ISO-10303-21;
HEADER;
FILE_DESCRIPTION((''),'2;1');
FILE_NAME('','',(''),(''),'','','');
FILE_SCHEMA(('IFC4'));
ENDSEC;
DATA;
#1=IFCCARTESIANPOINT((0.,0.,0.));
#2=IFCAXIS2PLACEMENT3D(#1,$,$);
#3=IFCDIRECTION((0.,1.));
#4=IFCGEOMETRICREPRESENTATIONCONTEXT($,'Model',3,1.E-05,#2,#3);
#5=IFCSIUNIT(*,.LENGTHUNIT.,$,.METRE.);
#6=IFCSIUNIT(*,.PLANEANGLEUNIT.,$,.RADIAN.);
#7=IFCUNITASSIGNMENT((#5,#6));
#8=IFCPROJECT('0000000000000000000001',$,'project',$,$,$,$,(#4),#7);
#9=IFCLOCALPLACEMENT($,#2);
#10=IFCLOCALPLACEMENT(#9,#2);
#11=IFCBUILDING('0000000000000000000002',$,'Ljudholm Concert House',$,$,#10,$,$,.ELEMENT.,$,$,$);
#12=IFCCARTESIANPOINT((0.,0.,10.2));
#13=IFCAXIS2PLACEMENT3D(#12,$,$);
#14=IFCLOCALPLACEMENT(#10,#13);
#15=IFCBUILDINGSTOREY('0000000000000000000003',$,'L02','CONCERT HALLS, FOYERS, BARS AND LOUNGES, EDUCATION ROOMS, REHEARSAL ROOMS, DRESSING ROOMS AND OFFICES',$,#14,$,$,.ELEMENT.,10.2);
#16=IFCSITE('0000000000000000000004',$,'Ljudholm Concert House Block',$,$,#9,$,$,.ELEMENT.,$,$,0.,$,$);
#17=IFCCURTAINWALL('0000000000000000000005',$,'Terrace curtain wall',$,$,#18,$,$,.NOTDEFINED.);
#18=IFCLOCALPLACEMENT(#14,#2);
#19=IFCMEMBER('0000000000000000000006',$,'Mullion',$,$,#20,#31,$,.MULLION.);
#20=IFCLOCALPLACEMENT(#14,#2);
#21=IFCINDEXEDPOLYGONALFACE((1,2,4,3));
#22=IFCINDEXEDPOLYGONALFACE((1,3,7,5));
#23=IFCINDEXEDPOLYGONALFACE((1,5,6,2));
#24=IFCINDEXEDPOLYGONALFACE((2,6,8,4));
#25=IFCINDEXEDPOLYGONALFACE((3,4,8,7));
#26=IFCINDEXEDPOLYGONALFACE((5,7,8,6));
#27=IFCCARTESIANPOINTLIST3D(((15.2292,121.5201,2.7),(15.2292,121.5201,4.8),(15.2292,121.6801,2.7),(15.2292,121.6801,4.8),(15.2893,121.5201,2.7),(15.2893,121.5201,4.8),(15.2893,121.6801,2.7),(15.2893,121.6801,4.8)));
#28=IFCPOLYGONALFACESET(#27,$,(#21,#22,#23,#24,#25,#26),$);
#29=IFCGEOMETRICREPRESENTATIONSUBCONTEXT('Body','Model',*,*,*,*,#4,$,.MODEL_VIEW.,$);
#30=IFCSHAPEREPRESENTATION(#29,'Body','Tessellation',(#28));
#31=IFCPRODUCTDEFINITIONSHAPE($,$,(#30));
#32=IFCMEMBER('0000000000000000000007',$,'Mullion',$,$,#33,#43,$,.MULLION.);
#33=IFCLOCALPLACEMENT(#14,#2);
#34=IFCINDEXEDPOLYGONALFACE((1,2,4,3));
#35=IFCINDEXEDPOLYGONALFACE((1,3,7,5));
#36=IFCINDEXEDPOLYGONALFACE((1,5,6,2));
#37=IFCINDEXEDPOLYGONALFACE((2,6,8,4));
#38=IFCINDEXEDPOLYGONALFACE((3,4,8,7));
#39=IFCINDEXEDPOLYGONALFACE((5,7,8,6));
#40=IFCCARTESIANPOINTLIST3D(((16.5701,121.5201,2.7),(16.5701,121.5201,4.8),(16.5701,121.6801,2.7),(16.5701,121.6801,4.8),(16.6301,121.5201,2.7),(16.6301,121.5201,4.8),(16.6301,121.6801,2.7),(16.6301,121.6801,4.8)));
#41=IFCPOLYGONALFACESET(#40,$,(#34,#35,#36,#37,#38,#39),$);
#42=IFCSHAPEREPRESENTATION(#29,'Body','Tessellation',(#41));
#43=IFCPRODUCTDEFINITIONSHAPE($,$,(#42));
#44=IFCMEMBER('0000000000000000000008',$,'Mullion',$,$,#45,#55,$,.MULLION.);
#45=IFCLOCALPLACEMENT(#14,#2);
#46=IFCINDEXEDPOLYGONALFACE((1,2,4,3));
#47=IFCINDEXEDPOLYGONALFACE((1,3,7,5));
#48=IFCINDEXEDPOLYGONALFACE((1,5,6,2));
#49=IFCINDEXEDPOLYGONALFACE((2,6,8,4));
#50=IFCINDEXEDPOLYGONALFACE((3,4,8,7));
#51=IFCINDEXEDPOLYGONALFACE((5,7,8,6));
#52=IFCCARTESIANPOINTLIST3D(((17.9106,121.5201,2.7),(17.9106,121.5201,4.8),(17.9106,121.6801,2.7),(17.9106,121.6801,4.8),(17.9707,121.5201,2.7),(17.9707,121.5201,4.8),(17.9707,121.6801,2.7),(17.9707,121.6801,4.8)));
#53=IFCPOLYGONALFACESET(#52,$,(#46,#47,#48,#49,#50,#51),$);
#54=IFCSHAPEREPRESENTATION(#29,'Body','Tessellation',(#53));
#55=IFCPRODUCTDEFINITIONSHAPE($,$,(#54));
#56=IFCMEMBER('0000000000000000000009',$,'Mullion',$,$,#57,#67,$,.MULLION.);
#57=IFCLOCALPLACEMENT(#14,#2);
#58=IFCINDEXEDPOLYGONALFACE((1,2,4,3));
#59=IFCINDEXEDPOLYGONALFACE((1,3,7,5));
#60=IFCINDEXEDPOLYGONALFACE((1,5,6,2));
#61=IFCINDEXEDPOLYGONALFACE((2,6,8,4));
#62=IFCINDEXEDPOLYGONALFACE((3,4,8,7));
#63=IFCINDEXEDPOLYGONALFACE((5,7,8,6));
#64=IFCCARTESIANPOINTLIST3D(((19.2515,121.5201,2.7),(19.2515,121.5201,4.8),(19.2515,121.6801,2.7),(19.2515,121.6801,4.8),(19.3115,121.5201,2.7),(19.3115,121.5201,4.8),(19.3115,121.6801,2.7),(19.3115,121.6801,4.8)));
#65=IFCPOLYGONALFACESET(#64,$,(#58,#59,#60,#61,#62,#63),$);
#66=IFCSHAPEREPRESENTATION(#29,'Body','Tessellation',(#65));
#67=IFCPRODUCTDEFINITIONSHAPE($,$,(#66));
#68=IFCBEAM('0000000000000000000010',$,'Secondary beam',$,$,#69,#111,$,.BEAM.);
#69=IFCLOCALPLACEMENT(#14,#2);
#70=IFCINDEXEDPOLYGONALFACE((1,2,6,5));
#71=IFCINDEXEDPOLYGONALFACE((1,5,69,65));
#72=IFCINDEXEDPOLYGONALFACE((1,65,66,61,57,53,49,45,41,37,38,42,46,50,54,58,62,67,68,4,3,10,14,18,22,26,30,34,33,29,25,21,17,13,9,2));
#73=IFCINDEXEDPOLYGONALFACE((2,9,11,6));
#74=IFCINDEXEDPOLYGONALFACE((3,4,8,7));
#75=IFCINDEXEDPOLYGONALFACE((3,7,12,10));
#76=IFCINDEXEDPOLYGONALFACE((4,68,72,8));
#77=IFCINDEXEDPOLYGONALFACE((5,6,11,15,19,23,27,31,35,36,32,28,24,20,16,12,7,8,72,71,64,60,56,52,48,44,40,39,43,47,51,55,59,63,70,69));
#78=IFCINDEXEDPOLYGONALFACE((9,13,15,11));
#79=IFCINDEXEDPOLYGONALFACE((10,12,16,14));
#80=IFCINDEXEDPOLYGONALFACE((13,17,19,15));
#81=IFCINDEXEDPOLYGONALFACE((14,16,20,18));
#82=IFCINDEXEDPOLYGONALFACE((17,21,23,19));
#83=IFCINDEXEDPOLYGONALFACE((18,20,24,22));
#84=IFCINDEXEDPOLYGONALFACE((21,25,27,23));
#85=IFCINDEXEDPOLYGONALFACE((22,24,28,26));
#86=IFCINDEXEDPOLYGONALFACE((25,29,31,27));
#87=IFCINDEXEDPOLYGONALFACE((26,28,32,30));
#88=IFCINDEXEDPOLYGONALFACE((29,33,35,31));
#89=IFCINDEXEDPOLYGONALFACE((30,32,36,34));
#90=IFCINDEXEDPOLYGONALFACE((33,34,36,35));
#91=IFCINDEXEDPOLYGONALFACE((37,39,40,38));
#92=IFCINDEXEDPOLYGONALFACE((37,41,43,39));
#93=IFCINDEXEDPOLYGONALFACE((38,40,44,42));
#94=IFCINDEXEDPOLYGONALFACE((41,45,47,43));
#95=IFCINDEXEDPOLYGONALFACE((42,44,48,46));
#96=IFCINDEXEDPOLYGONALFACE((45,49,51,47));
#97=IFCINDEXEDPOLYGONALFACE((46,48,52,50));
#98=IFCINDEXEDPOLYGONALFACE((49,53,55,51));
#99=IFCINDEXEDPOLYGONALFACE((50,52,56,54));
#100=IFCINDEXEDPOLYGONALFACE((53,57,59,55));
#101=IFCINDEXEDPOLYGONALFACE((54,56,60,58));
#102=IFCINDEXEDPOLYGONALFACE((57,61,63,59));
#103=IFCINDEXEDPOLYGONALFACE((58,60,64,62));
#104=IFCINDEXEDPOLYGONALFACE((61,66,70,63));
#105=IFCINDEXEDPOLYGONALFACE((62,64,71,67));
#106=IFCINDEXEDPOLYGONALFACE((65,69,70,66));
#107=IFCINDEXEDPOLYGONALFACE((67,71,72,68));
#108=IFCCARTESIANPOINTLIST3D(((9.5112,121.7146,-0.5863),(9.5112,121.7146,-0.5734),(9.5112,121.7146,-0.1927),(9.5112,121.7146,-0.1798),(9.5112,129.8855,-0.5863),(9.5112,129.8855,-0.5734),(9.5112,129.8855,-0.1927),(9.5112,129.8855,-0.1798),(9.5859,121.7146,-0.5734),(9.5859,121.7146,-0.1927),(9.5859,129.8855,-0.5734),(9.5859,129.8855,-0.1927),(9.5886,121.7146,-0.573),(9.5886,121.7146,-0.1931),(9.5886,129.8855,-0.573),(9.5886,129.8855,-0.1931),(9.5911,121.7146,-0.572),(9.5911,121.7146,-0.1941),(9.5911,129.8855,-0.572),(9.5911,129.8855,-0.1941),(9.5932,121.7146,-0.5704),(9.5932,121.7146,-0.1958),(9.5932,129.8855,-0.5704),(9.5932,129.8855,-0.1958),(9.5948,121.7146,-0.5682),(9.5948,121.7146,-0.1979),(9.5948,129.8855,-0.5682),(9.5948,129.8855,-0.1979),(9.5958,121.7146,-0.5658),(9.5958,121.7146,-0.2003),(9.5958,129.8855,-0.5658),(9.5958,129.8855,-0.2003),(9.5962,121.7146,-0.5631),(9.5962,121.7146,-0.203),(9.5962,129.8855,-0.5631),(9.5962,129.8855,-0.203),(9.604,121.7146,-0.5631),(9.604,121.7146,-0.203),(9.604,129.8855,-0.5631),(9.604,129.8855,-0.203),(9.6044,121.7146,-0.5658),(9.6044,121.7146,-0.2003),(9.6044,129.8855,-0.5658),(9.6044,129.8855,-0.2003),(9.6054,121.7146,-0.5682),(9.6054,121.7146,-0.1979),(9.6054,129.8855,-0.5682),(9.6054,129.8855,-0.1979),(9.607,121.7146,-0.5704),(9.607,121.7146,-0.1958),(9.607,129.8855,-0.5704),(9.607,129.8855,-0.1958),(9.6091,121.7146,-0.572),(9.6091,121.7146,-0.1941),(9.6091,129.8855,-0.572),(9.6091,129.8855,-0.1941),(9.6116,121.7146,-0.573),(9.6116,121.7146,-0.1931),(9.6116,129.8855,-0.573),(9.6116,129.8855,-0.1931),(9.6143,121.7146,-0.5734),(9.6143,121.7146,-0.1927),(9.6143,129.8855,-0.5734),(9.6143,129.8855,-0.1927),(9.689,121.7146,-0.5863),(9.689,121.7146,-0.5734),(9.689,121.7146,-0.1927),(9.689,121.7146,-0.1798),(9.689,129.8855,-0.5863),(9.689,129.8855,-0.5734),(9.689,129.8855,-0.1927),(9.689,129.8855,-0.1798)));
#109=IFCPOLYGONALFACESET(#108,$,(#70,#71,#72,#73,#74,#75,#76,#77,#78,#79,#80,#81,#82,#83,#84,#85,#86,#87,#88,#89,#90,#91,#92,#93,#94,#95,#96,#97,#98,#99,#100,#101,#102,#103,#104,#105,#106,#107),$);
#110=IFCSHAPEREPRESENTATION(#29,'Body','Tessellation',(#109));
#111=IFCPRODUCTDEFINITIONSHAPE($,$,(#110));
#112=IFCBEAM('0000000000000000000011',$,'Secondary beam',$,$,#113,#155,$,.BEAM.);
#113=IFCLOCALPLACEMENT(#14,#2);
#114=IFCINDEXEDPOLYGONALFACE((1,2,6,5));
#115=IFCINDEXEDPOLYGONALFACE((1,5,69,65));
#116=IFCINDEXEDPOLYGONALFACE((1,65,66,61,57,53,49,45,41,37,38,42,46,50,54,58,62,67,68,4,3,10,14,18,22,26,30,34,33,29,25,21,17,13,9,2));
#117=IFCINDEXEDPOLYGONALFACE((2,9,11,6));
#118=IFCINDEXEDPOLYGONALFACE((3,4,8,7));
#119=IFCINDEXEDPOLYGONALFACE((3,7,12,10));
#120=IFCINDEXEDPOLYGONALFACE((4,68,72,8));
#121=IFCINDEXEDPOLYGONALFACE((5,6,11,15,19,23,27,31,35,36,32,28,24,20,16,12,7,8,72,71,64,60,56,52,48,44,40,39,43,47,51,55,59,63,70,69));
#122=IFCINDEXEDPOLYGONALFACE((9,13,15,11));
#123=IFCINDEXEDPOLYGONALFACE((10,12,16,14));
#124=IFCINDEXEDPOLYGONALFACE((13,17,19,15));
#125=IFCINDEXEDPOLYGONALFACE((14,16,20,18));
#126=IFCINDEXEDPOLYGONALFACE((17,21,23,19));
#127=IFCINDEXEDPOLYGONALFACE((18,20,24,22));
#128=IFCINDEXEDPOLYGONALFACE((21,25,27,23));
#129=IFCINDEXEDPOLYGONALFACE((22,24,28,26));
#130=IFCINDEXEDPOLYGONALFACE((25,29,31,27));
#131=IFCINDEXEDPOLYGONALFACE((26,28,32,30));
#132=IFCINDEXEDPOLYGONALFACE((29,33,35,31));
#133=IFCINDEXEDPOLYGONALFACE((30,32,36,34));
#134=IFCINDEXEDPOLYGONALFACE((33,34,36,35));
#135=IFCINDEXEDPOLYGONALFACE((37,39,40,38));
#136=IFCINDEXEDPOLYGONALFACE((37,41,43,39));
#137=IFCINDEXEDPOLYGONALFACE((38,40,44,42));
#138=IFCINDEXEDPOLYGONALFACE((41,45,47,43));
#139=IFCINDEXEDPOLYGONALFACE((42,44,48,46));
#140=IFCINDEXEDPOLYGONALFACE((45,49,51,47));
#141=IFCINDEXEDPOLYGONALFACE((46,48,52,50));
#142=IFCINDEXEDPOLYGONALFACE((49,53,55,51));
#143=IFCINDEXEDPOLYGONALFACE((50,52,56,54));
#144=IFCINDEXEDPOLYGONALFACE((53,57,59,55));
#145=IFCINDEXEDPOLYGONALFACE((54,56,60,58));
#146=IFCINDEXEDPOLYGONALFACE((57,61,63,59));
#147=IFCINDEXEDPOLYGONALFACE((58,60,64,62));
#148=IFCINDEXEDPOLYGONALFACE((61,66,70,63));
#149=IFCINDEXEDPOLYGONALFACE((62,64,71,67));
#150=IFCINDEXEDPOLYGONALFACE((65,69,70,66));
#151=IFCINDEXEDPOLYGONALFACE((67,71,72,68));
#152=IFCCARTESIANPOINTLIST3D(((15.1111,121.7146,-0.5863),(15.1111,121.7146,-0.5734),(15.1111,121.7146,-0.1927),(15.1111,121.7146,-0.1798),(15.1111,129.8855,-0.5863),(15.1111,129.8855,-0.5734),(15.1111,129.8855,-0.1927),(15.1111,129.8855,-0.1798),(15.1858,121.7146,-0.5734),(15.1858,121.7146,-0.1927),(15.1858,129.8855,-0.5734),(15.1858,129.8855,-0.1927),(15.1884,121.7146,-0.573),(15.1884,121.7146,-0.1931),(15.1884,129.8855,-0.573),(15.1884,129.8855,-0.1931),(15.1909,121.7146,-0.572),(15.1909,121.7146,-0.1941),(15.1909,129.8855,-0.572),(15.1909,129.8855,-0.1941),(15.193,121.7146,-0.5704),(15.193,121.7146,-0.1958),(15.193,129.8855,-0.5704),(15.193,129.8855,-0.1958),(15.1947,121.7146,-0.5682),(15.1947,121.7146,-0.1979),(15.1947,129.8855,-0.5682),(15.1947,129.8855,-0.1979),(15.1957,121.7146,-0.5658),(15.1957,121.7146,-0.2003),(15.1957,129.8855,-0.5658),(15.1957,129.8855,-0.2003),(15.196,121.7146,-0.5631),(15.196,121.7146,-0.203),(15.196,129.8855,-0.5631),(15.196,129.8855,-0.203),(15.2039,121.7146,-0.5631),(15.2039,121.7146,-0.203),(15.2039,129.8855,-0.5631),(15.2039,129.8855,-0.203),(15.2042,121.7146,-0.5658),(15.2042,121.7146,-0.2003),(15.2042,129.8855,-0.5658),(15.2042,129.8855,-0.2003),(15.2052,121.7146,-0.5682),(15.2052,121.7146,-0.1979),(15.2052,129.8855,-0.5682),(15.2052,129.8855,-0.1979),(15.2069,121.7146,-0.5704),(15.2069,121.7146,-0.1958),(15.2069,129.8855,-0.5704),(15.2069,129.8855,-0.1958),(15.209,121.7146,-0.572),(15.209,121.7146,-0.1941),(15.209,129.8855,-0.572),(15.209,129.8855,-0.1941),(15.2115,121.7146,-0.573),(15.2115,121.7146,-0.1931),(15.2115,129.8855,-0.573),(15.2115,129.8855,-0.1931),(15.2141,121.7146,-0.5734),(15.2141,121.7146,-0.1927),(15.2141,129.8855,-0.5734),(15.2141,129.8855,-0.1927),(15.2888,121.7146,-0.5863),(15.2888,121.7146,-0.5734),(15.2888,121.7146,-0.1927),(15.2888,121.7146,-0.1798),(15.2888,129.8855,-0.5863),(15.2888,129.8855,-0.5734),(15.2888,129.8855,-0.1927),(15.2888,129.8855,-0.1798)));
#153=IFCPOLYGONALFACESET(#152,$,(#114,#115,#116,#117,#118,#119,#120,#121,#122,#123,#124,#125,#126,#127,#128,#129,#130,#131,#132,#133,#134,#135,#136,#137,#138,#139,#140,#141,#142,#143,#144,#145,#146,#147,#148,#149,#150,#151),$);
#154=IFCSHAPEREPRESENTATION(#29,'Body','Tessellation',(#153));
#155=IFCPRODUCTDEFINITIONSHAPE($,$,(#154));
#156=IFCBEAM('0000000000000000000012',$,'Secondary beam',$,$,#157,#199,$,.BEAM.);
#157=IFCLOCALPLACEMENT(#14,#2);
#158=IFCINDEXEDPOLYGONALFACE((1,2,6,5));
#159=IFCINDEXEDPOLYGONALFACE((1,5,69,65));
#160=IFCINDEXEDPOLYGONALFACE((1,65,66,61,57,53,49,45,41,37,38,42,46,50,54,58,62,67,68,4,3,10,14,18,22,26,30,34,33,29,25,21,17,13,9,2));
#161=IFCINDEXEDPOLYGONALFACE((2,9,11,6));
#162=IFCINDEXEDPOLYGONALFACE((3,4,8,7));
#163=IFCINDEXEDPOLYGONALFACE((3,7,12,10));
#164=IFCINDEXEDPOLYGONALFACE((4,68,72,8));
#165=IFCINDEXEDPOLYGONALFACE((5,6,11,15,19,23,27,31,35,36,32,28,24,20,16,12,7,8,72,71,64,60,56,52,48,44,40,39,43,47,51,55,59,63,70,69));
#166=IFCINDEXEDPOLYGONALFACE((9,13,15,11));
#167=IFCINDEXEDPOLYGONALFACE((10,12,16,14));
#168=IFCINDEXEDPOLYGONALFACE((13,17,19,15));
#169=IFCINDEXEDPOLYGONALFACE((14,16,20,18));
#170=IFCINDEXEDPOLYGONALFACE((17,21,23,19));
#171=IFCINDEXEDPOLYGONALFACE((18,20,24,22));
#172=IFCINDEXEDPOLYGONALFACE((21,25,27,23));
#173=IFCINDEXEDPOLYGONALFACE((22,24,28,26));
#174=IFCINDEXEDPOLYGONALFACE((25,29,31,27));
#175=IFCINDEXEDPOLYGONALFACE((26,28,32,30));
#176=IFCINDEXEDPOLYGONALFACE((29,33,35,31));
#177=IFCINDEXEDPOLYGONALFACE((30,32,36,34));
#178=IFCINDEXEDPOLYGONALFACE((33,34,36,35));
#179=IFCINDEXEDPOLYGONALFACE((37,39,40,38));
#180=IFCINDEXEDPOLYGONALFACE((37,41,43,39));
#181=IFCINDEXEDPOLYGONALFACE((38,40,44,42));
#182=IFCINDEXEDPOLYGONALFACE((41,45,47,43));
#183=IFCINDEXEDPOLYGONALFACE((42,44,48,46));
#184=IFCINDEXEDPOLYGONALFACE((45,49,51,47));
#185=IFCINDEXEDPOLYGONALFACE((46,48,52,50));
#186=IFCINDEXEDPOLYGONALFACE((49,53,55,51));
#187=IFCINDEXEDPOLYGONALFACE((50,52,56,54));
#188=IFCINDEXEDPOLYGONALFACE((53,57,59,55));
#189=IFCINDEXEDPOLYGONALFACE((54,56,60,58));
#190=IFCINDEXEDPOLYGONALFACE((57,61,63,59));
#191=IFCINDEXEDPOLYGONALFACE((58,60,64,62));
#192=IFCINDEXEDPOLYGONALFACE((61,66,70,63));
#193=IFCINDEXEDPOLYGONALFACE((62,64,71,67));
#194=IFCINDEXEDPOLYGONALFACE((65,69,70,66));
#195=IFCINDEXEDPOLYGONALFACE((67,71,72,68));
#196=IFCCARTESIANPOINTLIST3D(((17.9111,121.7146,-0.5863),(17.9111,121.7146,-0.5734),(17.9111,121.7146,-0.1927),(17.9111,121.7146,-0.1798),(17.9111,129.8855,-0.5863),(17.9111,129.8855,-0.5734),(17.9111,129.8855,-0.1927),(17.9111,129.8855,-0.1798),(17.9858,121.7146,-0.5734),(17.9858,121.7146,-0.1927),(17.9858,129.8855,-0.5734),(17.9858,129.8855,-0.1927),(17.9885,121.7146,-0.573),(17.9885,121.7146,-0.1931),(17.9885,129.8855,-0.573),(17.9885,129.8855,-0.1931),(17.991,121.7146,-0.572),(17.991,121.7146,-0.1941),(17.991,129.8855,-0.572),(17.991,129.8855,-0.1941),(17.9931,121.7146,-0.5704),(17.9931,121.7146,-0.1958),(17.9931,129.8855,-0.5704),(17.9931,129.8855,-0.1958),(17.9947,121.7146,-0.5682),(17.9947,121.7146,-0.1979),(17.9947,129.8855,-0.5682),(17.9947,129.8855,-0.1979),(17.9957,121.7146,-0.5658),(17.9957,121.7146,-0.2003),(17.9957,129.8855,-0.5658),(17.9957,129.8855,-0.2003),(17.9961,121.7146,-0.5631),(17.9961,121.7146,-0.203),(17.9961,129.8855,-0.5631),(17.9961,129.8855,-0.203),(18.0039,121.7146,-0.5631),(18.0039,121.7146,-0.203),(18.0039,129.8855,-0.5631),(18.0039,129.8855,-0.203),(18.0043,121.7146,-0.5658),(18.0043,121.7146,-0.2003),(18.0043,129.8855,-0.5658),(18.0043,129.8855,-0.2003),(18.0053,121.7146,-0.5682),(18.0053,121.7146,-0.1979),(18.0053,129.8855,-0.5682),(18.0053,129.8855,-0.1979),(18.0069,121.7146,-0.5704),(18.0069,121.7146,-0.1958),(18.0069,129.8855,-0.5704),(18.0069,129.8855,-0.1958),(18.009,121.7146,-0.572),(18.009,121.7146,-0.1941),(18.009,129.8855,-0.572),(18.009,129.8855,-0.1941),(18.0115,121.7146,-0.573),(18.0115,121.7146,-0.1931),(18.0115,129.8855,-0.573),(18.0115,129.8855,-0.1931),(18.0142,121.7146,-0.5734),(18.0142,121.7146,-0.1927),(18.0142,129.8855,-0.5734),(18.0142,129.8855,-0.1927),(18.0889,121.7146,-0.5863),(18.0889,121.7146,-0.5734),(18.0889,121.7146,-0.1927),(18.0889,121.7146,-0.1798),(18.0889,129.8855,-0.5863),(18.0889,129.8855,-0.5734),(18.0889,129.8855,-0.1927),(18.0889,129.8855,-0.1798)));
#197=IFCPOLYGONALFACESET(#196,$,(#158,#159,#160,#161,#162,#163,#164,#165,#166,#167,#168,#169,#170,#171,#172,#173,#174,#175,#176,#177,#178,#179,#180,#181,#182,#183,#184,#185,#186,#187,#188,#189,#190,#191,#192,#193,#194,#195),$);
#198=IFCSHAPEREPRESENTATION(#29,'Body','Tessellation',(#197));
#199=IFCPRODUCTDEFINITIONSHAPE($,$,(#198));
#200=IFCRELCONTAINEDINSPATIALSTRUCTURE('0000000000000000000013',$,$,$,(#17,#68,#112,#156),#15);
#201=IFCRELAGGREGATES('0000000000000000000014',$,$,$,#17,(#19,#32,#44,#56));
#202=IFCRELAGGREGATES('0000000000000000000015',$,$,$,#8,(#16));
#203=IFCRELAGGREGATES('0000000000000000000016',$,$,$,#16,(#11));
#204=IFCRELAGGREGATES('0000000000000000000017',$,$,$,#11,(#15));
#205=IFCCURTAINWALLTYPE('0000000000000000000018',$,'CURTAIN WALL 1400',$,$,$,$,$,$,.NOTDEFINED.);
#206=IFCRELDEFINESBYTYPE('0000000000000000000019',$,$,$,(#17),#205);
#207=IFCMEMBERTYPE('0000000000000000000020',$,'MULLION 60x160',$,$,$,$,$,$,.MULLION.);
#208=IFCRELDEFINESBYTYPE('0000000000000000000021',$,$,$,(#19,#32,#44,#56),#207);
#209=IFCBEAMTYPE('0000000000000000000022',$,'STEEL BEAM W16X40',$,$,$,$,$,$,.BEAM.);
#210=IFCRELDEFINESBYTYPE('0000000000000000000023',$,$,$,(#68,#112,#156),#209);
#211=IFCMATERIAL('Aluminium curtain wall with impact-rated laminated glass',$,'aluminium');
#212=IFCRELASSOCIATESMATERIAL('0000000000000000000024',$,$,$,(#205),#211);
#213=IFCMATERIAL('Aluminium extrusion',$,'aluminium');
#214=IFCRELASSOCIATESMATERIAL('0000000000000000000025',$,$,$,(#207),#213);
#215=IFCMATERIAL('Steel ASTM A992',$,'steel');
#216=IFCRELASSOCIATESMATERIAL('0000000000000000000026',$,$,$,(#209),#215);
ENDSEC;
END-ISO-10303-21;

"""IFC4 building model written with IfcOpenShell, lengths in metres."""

from ifc_helpers import new_model, si_unit, direction, frame, origin, origin_2d, place, context, subcontext, project, spatial, rectangle, i_section, extrude, material, material_profile, profile_set, type_object, element, aggregate, save


model = new_model("IFC4")

# Units and contexts
model_context = context("Model", 3, precision=1e-05, world=origin(), true_north=direction((0.0, 1.0)))
body_context = subcontext(model_context, "Body", "Model", "MODEL_VIEW")
ifc_project = project(units=[si_unit("LENGTHUNIT", "METRE"), si_unit("PLANEANGLEUNIT", "RADIAN")], contexts=[model_context])

# Site, building, storey
site_placement = place(None, origin())
site = spatial("IfcSite", under=ifc_project, at=site_placement, Name="Ljudholm Concert House Block", CompositionType="ELEMENT", RefElevation=0.0)
building_placement = place(site_placement, origin())
building = spatial("IfcBuilding", under=site, at=building_placement, Name="Ljudholm Concert House", CompositionType="ELEMENT")
storey_placement = place(building_placement, frame((0.0, 0.0, 10.2)))
storey = spatial("IfcBuildingStorey", under=building, at=storey_placement, Name="L02", Description="CONCERT HALLS, FOYERS, BARS AND LOUNGES, EDUCATION ROOMS, REHEARSAL ROOMS, DRESSING ROOMS AND OFFICES", CompositionType="ELEMENT", Elevation=10.2)

# Curtain wall, members
ifc_material_1 = material(Name="Aluminium curtain wall with impact-rated laminated glass", Category="aluminium")
curtain_wall_type = type_object("IfcCurtainWallType", Name="CURTAIN WALL 1400", PredefinedType="NOTDEFINED", material=ifc_material_1)
curtain_wall_placement = place(storey_placement, origin())
curtain_wall = element("IfcCurtainWall", 1, at=curtain_wall_placement, inside=storey, type_object=curtain_wall_type, Name="Terrace curtain wall", PredefinedType="NOTDEFINED")
ifc_material_2 = material(Name="Aluminium extrusion", Category="aluminium")
ifc_material_profile_1 = material_profile(ifc_material_2, rectangle(XDim=0.1599, YDim=0.0601, at=origin_2d()), Name="MULLION 60x160")
ifc_profile_set_1 = profile_set([ifc_material_profile_1], Name="Aluminium extrusion")
member_type_1 = type_object("IfcMemberType", Name="MULLION 60x160", PredefinedType="MULLION", material=ifc_profile_set_1)
member_1_placement = place(storey_placement, frame((15.2593, 121.6001, 2.7), z_axis=(0.0, 0.0, 1.0), x_axis=(0.0, 1.0, 0.0)))
member_1 = element("IfcMember", 2, at=member_1_placement, type_object=member_type_1, Name="Mullion", PredefinedType="MULLION", context=body_context, shape_type="SweptSolid", body=[
    extrude(rectangle(XDim=0.1599, YDim=0.0601, at=origin_2d()), origin(), (0.0, 0.0, 1.0), 2.1001),
])
member_2_placement = place(storey_placement, frame((16.6001, 121.6001, 2.7), z_axis=(0.0, 0.0, 1.0), x_axis=(0.0, 1.0, 0.0)))
member_2 = element("IfcMember", 3, at=member_2_placement, type_object=member_type_1, Name="Mullion", PredefinedType="MULLION", context=body_context, shape_type="SweptSolid", body=[
    extrude(rectangle(XDim=0.1599, YDim=0.0601, at=origin_2d()), origin(), (0.0, 0.0, 1.0), 2.1001),
])
member_3_placement = place(storey_placement, frame((17.9407, 121.6001, 2.7), z_axis=(0.0, 0.0, 1.0), x_axis=(0.0, 1.0, 0.0)))
member_3 = element("IfcMember", 4, at=member_3_placement, type_object=member_type_1, Name="Mullion", PredefinedType="MULLION", context=body_context, shape_type="SweptSolid", body=[
    extrude(rectangle(XDim=0.1599, YDim=0.0601, at=origin_2d()), origin(), (0.0, 0.0, 1.0), 2.1001),
])
member_4_placement = place(storey_placement, frame((19.2815, 121.6001, 2.7), z_axis=(0.0, 0.0, 1.0), x_axis=(0.0, 1.0, 0.0)))
member_4 = element("IfcMember", 5, at=member_4_placement, type_object=member_type_1, Name="Mullion", PredefinedType="MULLION", context=body_context, shape_type="SweptSolid", body=[
    extrude(rectangle(XDim=0.1599, YDim=0.0601, at=origin_2d()), origin(), (0.0, 0.0, 1.0), 2.1001),
])

# Beams
ifc_material_3 = material(Name="Steel ASTM A992", Category="steel")
ifc_material_profile_2 = material_profile(ifc_material_3, i_section(OverallWidth=0.1777, OverallDepth=0.4065, WebThickness=0.0078, FlangeThickness=0.0129, FilletRadius=0.0103, at=origin_2d()), Name="W16X40")
ifc_profile_set_2 = profile_set([ifc_material_profile_2], Name="Steel ASTM A992")
beam_type_1 = type_object("IfcBeamType", Name="STEEL BEAM W16X40", PredefinedType="BEAM", material=ifc_profile_set_2)
for number, where, z_axis, x_axis, name in (
    (6, (9.6001, 121.7146, -0.3831), (0.0, 1.0, 0.0), (-1.0, 0.0, 0.0), "Secondary beam"),
    (7, (15.2, 121.7146, -0.3831), (0.0, 1.0, 0.0), (-1.0, 0.0, 0.0), "Secondary beam"),
    (8, (18.0, 121.7146, -0.3831), (0.0, 1.0, 0.0), (-1.0, 0.0, 0.0), "Secondary beam"),
):
    element("IfcBeam", number, at=place(storey_placement, frame(where, z_axis=z_axis, x_axis=x_axis)), inside=storey, type_object=beam_type_1, Name=name, PredefinedType="BEAM", context=body_context, shape_type="SweptSolid", body=[
        extrude(i_section(OverallWidth=0.1777, OverallDepth=0.4065, WebThickness=0.0078, FlangeThickness=0.0129, FilletRadius=0.0103, at=origin_2d()), origin(), (0.0, 0.0, 1.0), 8.1709),
    ])

aggregate(curtain_wall, [member_1, member_2, member_3, member_4])

save(model, "model.ifc")
